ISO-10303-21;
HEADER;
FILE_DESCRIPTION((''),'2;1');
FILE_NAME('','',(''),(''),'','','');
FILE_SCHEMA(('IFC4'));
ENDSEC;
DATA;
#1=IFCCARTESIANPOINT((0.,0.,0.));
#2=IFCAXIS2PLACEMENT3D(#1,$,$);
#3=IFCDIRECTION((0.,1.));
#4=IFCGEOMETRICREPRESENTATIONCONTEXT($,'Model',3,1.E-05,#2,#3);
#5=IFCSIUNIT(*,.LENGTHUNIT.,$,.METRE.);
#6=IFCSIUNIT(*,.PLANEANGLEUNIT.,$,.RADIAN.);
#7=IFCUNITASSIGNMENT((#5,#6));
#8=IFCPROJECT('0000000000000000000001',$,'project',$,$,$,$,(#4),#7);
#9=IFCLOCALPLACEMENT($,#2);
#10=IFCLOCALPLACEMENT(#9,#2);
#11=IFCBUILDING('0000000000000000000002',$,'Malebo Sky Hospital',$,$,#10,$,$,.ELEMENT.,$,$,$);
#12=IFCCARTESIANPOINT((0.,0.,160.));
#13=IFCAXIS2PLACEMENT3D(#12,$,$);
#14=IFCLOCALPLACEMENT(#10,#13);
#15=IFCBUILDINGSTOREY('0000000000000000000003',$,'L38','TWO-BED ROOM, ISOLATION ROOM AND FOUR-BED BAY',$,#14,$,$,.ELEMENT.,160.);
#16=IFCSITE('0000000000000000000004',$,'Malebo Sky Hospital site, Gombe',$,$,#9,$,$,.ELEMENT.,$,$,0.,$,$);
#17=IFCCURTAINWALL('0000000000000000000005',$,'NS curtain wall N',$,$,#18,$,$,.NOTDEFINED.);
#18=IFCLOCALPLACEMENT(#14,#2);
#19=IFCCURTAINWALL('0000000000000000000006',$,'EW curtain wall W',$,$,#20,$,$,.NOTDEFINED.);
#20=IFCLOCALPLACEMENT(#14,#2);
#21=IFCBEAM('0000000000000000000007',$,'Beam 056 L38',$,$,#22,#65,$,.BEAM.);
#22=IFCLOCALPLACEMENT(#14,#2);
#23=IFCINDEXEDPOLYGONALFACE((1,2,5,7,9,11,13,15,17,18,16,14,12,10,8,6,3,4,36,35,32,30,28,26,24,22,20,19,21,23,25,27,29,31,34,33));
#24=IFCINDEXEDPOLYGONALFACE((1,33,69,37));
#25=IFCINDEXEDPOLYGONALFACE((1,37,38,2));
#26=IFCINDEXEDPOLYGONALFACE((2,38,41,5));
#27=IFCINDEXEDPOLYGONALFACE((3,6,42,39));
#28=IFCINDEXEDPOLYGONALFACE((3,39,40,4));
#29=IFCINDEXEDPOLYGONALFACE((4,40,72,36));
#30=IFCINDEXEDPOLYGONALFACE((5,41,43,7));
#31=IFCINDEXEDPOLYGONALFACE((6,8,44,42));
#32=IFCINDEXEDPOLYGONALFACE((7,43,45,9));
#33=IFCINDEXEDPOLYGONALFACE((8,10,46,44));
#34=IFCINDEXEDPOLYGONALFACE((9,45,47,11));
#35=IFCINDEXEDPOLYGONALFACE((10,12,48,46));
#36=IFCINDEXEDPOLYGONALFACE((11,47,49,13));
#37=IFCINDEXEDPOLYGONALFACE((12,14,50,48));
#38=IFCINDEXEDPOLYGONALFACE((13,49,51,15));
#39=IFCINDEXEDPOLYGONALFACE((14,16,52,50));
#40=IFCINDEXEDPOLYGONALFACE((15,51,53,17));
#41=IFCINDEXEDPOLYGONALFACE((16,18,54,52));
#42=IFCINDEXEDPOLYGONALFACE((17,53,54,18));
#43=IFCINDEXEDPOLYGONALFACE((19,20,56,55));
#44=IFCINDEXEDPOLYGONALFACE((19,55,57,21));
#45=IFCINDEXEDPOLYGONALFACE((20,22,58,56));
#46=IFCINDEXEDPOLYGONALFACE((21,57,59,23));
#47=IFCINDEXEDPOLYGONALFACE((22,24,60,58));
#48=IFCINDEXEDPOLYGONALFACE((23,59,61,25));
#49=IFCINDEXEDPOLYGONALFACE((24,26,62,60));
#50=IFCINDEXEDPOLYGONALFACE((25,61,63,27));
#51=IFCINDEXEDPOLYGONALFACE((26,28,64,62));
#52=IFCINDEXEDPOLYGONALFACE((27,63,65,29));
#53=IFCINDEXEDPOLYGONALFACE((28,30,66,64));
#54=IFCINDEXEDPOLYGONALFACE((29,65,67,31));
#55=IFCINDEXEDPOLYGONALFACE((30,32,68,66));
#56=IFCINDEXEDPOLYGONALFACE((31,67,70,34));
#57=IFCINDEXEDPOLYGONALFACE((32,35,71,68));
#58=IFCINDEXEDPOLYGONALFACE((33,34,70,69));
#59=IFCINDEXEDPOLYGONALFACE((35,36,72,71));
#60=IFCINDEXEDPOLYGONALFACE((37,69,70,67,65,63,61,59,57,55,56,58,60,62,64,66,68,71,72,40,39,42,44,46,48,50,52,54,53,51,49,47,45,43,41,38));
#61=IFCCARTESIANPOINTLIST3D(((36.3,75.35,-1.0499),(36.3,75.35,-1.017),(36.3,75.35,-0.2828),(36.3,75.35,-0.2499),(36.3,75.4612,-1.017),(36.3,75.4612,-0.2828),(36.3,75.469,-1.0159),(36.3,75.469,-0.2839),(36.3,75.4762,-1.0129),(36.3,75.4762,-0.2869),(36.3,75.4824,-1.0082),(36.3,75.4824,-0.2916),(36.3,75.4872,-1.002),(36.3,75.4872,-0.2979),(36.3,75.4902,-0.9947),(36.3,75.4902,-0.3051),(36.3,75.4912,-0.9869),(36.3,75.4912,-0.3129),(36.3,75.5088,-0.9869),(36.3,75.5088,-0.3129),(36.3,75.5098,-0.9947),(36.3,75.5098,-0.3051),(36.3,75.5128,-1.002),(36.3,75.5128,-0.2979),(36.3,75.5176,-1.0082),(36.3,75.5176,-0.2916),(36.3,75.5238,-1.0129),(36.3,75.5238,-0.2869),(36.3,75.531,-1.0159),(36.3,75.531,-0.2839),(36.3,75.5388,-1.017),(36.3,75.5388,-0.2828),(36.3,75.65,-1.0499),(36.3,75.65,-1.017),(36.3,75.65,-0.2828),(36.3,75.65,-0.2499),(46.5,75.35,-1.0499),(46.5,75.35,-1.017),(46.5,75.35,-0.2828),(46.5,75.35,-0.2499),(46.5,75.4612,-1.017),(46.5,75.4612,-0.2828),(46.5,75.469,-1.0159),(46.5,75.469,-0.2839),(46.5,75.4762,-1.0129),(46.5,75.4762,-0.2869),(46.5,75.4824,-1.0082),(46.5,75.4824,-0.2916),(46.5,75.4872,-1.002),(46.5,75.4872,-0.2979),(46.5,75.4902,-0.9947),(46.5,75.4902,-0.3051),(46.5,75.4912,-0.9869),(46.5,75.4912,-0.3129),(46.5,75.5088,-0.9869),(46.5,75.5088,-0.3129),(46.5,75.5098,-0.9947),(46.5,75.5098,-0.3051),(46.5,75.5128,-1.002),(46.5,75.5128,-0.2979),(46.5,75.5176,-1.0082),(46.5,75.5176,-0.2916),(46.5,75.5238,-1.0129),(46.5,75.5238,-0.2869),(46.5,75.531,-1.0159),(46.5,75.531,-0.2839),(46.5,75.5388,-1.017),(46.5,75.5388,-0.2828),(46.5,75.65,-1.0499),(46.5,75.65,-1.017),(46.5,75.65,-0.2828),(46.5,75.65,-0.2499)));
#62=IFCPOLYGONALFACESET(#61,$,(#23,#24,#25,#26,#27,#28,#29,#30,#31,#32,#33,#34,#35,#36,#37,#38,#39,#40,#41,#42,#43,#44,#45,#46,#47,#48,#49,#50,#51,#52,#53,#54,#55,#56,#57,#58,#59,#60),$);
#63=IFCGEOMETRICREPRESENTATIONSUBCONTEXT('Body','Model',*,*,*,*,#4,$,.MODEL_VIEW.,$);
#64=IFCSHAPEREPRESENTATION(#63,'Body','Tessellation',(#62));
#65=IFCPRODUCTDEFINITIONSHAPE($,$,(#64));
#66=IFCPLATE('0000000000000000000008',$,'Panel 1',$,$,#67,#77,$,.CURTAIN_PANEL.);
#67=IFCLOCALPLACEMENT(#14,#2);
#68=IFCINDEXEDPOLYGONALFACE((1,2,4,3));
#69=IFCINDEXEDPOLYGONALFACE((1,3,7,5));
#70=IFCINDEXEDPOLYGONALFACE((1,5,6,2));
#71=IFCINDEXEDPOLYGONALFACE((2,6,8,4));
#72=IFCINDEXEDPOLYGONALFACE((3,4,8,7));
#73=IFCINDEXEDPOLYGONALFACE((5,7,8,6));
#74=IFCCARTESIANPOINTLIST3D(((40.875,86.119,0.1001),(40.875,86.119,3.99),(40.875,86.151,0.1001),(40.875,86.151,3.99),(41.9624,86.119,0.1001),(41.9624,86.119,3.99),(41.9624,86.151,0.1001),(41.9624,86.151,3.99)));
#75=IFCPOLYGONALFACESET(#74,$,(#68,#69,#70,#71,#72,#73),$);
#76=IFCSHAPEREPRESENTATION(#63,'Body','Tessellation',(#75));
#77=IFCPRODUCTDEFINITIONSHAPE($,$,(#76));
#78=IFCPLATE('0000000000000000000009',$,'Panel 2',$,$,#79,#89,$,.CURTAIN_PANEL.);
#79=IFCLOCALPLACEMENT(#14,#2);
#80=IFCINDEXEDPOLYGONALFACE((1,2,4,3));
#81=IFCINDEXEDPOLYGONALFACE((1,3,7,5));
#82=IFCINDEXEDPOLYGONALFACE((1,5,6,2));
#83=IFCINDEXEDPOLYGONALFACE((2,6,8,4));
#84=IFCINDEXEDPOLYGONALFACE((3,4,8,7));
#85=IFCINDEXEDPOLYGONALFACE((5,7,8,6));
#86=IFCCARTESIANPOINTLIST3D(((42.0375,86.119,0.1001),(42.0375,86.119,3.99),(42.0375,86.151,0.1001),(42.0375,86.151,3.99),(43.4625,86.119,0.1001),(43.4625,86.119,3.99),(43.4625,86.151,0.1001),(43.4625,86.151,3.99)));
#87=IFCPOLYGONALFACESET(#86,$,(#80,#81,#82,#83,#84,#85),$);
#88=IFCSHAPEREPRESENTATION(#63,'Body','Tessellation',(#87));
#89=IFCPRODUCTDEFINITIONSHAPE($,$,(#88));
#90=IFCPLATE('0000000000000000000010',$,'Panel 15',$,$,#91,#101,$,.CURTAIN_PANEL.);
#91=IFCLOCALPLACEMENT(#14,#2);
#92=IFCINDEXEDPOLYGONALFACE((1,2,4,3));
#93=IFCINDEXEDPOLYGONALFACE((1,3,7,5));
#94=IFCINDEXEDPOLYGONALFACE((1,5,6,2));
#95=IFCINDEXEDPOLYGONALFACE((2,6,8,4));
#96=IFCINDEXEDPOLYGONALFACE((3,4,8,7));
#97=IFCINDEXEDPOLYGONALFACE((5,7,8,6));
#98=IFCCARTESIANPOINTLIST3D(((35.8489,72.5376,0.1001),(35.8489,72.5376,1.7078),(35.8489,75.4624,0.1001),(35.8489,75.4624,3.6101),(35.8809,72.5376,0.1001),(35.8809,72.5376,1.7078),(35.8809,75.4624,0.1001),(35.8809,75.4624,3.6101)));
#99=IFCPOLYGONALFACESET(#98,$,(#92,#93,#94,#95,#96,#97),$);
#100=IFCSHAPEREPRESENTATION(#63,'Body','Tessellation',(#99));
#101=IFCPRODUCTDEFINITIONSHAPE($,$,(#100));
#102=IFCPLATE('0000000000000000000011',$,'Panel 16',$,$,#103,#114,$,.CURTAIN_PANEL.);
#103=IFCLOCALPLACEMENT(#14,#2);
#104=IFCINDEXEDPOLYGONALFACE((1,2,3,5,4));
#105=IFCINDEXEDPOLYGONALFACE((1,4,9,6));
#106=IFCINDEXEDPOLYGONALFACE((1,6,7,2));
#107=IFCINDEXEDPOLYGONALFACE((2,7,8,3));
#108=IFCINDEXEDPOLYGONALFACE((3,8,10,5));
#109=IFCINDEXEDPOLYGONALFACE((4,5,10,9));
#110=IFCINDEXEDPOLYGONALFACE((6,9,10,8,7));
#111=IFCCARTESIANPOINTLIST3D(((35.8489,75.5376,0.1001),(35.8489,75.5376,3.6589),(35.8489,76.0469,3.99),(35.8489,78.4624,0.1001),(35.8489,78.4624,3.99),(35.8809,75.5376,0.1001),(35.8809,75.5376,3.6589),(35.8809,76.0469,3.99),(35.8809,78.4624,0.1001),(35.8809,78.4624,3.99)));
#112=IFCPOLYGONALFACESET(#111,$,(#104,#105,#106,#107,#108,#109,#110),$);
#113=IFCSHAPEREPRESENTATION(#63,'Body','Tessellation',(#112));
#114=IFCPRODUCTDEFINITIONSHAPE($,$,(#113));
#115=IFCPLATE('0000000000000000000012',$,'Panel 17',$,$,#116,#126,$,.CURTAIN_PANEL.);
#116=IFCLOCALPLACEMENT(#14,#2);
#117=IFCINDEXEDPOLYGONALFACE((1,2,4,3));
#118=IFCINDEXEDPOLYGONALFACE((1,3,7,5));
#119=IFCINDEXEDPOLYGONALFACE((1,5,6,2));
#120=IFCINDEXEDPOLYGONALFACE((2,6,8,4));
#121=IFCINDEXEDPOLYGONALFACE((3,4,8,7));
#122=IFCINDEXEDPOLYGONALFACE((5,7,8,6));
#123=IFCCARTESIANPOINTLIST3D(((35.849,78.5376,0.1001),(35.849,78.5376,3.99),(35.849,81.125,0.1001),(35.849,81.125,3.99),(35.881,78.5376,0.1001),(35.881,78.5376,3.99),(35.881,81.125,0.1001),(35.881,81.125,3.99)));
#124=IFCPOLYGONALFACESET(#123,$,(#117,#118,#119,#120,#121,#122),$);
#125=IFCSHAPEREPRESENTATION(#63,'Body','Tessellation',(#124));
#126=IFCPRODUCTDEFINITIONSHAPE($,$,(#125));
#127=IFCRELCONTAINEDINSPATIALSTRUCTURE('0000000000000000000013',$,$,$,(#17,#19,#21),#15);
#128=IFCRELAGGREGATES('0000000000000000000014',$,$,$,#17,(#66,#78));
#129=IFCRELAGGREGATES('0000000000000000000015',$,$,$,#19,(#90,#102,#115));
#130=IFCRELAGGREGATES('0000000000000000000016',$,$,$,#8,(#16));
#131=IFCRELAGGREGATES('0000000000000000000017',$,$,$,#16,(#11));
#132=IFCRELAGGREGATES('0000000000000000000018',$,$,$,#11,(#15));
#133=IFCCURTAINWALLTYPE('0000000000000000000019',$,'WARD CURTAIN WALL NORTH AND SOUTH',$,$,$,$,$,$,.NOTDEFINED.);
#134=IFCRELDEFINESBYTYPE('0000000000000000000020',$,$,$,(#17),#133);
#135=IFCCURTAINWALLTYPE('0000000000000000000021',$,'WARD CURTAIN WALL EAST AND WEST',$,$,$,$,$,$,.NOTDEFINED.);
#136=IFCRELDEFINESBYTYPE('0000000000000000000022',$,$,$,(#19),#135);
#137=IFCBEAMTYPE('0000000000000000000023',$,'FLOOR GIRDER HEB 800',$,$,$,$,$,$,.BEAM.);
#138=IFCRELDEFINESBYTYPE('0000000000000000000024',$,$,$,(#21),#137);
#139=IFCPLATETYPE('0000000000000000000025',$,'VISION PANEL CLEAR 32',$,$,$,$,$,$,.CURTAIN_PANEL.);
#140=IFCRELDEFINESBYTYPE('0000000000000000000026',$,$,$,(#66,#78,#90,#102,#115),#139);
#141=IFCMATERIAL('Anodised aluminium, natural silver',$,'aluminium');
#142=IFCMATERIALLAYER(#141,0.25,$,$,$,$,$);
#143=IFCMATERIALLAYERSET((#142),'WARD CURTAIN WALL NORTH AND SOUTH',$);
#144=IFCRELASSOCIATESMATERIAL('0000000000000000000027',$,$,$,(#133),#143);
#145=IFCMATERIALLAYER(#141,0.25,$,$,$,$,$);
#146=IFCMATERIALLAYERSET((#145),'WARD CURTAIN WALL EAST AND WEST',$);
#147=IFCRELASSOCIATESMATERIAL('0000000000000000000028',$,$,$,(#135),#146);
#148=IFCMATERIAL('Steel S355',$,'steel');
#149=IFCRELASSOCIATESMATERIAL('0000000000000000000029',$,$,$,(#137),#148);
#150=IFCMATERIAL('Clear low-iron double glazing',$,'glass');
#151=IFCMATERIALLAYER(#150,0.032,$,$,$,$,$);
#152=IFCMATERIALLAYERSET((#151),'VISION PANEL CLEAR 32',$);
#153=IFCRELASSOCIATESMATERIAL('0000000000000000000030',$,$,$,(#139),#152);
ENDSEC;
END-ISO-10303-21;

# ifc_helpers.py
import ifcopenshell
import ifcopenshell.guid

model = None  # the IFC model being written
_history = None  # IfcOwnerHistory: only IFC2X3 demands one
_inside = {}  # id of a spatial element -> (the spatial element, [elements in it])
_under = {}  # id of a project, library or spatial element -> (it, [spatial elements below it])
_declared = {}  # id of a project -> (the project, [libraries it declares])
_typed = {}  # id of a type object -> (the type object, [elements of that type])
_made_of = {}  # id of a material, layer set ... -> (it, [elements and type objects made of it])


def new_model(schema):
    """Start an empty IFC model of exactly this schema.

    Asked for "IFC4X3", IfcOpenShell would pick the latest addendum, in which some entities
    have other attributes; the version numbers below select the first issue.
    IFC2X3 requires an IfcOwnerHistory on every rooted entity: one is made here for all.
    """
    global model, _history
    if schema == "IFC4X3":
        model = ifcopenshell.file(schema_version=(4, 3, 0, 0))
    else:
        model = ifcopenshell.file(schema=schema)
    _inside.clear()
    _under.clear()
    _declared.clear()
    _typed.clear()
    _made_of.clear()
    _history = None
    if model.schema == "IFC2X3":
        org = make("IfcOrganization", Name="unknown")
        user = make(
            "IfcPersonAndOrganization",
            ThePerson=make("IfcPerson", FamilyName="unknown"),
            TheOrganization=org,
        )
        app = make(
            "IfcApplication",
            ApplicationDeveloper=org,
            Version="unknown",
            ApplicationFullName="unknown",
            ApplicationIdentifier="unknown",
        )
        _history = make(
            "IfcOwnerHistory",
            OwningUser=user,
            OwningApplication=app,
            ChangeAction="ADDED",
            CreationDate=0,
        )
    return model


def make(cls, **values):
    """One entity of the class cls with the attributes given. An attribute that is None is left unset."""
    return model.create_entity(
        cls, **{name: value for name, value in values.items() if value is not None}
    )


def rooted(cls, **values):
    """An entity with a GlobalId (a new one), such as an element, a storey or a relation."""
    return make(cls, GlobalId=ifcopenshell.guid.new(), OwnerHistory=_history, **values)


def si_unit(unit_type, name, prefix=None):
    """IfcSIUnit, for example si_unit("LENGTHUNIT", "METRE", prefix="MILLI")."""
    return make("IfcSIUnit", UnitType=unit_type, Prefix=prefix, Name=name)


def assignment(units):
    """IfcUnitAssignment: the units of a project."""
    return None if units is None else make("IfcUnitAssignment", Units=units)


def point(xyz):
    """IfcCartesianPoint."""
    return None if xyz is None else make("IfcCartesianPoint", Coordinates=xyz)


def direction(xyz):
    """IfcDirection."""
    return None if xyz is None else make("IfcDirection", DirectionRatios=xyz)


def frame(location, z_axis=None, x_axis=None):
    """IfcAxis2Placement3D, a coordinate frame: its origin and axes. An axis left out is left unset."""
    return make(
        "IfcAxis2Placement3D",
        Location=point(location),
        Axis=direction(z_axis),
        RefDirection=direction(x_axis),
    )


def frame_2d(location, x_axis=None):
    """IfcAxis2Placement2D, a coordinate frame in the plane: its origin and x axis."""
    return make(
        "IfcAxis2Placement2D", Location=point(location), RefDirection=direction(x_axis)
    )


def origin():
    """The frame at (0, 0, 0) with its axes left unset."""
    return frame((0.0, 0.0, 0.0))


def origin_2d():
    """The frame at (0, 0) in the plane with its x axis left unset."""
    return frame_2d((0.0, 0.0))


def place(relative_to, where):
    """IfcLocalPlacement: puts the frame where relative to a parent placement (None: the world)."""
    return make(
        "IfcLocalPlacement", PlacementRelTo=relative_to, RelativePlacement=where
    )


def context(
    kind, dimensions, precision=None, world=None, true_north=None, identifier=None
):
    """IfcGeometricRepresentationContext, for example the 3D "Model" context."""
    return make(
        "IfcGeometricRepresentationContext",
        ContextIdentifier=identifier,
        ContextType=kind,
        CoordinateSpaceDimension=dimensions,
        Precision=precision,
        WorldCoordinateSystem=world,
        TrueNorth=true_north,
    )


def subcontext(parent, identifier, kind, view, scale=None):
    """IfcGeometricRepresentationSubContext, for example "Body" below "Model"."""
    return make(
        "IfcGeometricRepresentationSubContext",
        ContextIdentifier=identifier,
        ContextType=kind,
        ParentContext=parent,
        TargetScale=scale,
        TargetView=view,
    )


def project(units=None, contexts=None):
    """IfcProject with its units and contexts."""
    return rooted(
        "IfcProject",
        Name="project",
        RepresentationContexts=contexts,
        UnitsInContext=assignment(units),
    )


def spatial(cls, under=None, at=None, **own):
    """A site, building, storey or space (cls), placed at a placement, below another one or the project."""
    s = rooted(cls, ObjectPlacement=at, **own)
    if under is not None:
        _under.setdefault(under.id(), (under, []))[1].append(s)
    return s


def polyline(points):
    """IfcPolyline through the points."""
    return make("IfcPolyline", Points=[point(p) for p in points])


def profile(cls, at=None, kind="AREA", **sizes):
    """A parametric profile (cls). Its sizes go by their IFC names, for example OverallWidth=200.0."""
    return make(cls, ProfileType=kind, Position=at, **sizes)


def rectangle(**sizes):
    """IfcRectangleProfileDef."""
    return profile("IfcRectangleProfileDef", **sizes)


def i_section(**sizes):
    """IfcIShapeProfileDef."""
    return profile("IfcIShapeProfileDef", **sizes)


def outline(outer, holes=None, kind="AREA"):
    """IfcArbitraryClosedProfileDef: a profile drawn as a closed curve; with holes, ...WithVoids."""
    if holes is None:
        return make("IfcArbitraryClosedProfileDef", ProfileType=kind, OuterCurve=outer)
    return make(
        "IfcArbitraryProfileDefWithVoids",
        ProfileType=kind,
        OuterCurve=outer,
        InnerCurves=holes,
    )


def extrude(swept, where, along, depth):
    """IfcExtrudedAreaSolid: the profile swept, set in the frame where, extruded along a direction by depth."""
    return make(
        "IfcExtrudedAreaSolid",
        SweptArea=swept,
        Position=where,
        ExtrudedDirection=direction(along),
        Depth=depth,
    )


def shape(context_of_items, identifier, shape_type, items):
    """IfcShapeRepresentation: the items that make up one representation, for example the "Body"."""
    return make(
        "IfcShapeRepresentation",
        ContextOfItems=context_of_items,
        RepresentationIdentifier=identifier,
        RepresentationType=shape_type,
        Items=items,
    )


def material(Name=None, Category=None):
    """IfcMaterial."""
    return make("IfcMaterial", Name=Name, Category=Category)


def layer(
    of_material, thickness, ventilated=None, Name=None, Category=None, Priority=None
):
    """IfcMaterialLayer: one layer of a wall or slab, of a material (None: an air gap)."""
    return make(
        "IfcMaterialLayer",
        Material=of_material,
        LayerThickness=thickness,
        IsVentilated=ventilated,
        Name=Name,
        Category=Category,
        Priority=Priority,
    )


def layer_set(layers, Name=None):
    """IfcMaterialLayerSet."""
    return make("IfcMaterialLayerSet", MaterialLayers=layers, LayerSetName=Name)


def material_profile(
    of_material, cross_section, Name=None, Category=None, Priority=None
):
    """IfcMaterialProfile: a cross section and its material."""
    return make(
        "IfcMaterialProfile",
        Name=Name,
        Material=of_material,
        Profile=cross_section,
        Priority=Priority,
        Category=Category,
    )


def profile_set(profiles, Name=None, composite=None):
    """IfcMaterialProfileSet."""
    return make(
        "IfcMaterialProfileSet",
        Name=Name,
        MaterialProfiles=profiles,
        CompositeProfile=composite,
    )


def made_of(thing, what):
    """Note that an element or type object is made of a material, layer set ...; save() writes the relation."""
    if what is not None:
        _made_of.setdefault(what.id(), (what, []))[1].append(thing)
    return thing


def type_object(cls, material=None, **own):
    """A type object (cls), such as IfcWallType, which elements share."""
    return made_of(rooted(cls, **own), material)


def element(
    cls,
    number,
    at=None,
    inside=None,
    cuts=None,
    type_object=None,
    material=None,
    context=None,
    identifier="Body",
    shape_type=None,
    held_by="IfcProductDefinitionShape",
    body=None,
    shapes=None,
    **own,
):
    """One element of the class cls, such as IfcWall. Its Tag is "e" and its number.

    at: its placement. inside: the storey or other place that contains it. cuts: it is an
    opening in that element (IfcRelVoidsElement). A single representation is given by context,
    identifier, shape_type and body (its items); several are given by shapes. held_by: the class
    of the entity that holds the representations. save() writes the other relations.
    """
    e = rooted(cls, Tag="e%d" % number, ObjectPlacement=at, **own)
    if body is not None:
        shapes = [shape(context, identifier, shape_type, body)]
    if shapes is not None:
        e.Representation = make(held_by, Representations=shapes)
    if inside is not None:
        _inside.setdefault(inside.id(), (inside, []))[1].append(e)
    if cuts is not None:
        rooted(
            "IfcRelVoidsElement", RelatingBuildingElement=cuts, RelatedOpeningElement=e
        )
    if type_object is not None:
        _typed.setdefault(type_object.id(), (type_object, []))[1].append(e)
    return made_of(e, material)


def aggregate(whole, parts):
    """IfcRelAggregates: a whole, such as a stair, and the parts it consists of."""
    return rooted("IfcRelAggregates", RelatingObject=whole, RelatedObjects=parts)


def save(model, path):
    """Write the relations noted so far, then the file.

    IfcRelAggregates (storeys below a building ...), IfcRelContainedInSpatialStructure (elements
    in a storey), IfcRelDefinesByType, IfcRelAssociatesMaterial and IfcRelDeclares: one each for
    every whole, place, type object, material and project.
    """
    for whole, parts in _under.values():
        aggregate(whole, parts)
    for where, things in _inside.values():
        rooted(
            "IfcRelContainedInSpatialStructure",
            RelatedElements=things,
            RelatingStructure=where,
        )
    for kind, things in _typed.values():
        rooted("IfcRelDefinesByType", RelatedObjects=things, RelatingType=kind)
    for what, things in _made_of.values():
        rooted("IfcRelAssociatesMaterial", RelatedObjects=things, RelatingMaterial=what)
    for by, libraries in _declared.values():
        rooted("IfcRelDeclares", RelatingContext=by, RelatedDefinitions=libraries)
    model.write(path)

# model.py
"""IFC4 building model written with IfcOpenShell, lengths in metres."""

from ifc_helpers import new_model, si_unit, direction, frame, origin, origin_2d, place, context, subcontext, project, spatial, polyline, rectangle, i_section, outline, extrude, material, layer, layer_set, material_profile, profile_set, type_object, element, aggregate, save


model = new_model("IFC4")

# Units and contexts
model_context = context("Model", 3, precision=1e-05, world=origin(), true_north=direction((0.0, 1.0)))
body_context = subcontext(model_context, "Body", "Model", "MODEL_VIEW")
ifc_project = project(units=[si_unit("LENGTHUNIT", "METRE"), si_unit("PLANEANGLEUNIT", "RADIAN")], contexts=[model_context])

# Site, building, storey
site_placement = place(None, origin())
site = spatial("IfcSite", under=ifc_project, at=site_placement, Name="Malebo Sky Hospital site, Gombe", CompositionType="ELEMENT", RefElevation=0.0)
building_placement = place(site_placement, origin())
building = spatial("IfcBuilding", under=site, at=building_placement, Name="Malebo Sky Hospital", CompositionType="ELEMENT")
storey_placement = place(building_placement, frame((0.0, 0.0, 160.0)))
storey = spatial("IfcBuildingStorey", under=building, at=storey_placement, Name="L38", Description="TWO-BED ROOM, ISOLATION ROOM AND FOUR-BED BAY", CompositionType="ELEMENT", Elevation=160.0)

# Curtain walls
ifc_material_1 = material(Name="Anodised aluminium, natural silver", Category="aluminium")
ifc_layer_1 = layer(ifc_material_1, 0.25)
ifc_layer_set_1 = layer_set([ifc_layer_1], Name="WARD CURTAIN WALL NORTH AND SOUTH")
curtain_wall_type_1 = type_object("IfcCurtainWallType", Name="WARD CURTAIN WALL NORTH AND SOUTH", PredefinedType="NOTDEFINED", material=ifc_layer_set_1)
curtain_wall_1_placement = place(storey_placement, origin())
curtain_wall_1 = element("IfcCurtainWall", 1, at=curtain_wall_1_placement, inside=storey, type_object=curtain_wall_type_1, Name="NS curtain wall N", PredefinedType="NOTDEFINED")
ifc_layer_2 = layer(ifc_material_1, 0.25)
ifc_layer_set_2 = layer_set([ifc_layer_2], Name="WARD CURTAIN WALL EAST AND WEST")
curtain_wall_type_2 = type_object("IfcCurtainWallType", Name="WARD CURTAIN WALL EAST AND WEST", PredefinedType="NOTDEFINED", material=ifc_layer_set_2)
curtain_wall_2_placement = place(storey_placement, origin())
curtain_wall_2 = element("IfcCurtainWall", 2, at=curtain_wall_2_placement, inside=storey, type_object=curtain_wall_type_2, Name="EW curtain wall W", PredefinedType="NOTDEFINED")

# Beam
ifc_material_2 = material(Name="Steel S355", Category="steel")
ifc_material_profile_1 = material_profile(ifc_material_2, i_section(OverallWidth=0.3, OverallDepth=0.8, WebThickness=0.0176, FlangeThickness=0.033, FilletRadius=0.03, at=origin_2d()), Name="HEB 800")
ifc_profile_set_1 = profile_set([ifc_material_profile_1], Name="Steel S355")
beam_type_1 = type_object("IfcBeamType", Name="FLOOR GIRDER HEB 800", PredefinedType="BEAM", material=ifc_profile_set_1)
beam_placement = place(storey_placement, frame((36.3, 75.5, -0.6499), z_axis=(1.0, 0.0, 0.0), x_axis=(0.0, 1.0, 0.0)))
element("IfcBeam", 3, at=beam_placement, inside=storey, type_object=beam_type_1, Name="Beam 056 L38", PredefinedType="BEAM", context=body_context, shape_type="SweptSolid", body=[
    extrude(i_section(OverallWidth=0.3, OverallDepth=0.8, WebThickness=0.0176, FlangeThickness=0.033, FilletRadius=0.03, at=origin_2d()), origin(), (0.0, 0.0, 1.0), 10.2),
])

# Plates
ifc_material_3 = material(Name="Clear low-iron double glazing", Category="glass")
ifc_layer_3 = layer(ifc_material_3, 0.032)
ifc_layer_set_3 = layer_set([ifc_layer_3], Name="VISION PANEL CLEAR 32")
plate_type = type_object("IfcPlateType", Name="VISION PANEL CLEAR 32", PredefinedType="CURTAIN_PANEL", material=ifc_layer_set_3)
plate_1_placement = place(storey_placement, frame((41.4187, 86.135, 0.1001), z_axis=(0.0, 0.0, 1.0), x_axis=(1.0, 0.0, 0.0)))
plate_1 = element("IfcPlate", 4, at=plate_1_placement, type_object=plate_type, Name="Panel 1", PredefinedType="CURTAIN_PANEL", context=body_context, shape_type="SweptSolid", body=[
    extrude(rectangle(XDim=1.0874, YDim=0.032, at=origin_2d()), origin(), (0.0, 0.0, 1.0), 3.8899),
])
plate_2_placement = place(storey_placement, frame((42.75, 86.135, 0.1001), z_axis=(0.0, 0.0, 1.0), x_axis=(1.0, 0.0, 0.0)))
plate_2 = element("IfcPlate", 5, at=plate_2_placement, type_object=plate_type, Name="Panel 2", PredefinedType="CURTAIN_PANEL", context=body_context, shape_type="SweptSolid", body=[
    extrude(rectangle(XDim=1.425, YDim=0.032, at=origin_2d()), origin(), (0.0, 0.0, 1.0), 3.8899),
])
aggregate(curtain_wall_1, [plate_1, plate_2])
plate_3_placement = place(storey_placement, frame((35.865, 74.0, 0.1001), z_axis=(0.0, 0.0, 1.0), x_axis=(0.0, 1.0, 0.0)))
plate_3 = element("IfcPlate", 6, at=plate_3_placement, type_object=plate_type, Name="Panel 15", PredefinedType="CURTAIN_PANEL", context=body_context, shape_type="SweptSolid", body=[
    extrude(outline(polyline([(-1.4624, 0.0), (1.4624, 0.0), (1.4624, 3.51), (-1.4624, 1.6077), (-1.4624, 0.0)])), frame((0.0, 0.0161, 0.0), z_axis=(0.0, -1.0, 0.0), x_axis=(1.0, 0.0, 0.0)), (0.0, 0.0, 1.0), 0.032),
])
plate_4_placement = place(storey_placement, frame((35.865, 77.0, 0.1001), z_axis=(0.0, 0.0, 1.0), x_axis=(0.0, 1.0, 0.0)))
plate_4 = element("IfcPlate", 7, at=plate_4_placement, type_object=plate_type, Name="Panel 16", PredefinedType="CURTAIN_PANEL", context=body_context, shape_type="SweptSolid", body=[
    extrude(outline(polyline([(-1.4624, 0.0), (1.4624, 0.0), (1.4624, 3.8899), (-0.9531, 3.8899), (-1.4624, 3.5588), (-1.4624, 0.0)])), frame((0.0, 0.0161, 0.0), z_axis=(0.0, -1.0, 0.0), x_axis=(1.0, 0.0, 0.0)), (0.0, 0.0, 1.0), 0.032),
])
plate_5_placement = place(storey_placement, frame((35.865, 79.8313, 0.1001), z_axis=(0.0, 0.0, 1.0), x_axis=(0.0, 1.0, 0.0)))
plate_5 = element("IfcPlate", 8, at=plate_5_placement, type_object=plate_type, Name="Panel 17", PredefinedType="CURTAIN_PANEL", context=body_context, shape_type="SweptSolid", body=[
    extrude(rectangle(XDim=2.5874, YDim=0.032, at=origin_2d()), origin(), (0.0, 0.0, 1.0), 3.8899),
])
aggregate(curtain_wall_2, [plate_3, plate_4, plate_5])

save(model, "model.ifc")
